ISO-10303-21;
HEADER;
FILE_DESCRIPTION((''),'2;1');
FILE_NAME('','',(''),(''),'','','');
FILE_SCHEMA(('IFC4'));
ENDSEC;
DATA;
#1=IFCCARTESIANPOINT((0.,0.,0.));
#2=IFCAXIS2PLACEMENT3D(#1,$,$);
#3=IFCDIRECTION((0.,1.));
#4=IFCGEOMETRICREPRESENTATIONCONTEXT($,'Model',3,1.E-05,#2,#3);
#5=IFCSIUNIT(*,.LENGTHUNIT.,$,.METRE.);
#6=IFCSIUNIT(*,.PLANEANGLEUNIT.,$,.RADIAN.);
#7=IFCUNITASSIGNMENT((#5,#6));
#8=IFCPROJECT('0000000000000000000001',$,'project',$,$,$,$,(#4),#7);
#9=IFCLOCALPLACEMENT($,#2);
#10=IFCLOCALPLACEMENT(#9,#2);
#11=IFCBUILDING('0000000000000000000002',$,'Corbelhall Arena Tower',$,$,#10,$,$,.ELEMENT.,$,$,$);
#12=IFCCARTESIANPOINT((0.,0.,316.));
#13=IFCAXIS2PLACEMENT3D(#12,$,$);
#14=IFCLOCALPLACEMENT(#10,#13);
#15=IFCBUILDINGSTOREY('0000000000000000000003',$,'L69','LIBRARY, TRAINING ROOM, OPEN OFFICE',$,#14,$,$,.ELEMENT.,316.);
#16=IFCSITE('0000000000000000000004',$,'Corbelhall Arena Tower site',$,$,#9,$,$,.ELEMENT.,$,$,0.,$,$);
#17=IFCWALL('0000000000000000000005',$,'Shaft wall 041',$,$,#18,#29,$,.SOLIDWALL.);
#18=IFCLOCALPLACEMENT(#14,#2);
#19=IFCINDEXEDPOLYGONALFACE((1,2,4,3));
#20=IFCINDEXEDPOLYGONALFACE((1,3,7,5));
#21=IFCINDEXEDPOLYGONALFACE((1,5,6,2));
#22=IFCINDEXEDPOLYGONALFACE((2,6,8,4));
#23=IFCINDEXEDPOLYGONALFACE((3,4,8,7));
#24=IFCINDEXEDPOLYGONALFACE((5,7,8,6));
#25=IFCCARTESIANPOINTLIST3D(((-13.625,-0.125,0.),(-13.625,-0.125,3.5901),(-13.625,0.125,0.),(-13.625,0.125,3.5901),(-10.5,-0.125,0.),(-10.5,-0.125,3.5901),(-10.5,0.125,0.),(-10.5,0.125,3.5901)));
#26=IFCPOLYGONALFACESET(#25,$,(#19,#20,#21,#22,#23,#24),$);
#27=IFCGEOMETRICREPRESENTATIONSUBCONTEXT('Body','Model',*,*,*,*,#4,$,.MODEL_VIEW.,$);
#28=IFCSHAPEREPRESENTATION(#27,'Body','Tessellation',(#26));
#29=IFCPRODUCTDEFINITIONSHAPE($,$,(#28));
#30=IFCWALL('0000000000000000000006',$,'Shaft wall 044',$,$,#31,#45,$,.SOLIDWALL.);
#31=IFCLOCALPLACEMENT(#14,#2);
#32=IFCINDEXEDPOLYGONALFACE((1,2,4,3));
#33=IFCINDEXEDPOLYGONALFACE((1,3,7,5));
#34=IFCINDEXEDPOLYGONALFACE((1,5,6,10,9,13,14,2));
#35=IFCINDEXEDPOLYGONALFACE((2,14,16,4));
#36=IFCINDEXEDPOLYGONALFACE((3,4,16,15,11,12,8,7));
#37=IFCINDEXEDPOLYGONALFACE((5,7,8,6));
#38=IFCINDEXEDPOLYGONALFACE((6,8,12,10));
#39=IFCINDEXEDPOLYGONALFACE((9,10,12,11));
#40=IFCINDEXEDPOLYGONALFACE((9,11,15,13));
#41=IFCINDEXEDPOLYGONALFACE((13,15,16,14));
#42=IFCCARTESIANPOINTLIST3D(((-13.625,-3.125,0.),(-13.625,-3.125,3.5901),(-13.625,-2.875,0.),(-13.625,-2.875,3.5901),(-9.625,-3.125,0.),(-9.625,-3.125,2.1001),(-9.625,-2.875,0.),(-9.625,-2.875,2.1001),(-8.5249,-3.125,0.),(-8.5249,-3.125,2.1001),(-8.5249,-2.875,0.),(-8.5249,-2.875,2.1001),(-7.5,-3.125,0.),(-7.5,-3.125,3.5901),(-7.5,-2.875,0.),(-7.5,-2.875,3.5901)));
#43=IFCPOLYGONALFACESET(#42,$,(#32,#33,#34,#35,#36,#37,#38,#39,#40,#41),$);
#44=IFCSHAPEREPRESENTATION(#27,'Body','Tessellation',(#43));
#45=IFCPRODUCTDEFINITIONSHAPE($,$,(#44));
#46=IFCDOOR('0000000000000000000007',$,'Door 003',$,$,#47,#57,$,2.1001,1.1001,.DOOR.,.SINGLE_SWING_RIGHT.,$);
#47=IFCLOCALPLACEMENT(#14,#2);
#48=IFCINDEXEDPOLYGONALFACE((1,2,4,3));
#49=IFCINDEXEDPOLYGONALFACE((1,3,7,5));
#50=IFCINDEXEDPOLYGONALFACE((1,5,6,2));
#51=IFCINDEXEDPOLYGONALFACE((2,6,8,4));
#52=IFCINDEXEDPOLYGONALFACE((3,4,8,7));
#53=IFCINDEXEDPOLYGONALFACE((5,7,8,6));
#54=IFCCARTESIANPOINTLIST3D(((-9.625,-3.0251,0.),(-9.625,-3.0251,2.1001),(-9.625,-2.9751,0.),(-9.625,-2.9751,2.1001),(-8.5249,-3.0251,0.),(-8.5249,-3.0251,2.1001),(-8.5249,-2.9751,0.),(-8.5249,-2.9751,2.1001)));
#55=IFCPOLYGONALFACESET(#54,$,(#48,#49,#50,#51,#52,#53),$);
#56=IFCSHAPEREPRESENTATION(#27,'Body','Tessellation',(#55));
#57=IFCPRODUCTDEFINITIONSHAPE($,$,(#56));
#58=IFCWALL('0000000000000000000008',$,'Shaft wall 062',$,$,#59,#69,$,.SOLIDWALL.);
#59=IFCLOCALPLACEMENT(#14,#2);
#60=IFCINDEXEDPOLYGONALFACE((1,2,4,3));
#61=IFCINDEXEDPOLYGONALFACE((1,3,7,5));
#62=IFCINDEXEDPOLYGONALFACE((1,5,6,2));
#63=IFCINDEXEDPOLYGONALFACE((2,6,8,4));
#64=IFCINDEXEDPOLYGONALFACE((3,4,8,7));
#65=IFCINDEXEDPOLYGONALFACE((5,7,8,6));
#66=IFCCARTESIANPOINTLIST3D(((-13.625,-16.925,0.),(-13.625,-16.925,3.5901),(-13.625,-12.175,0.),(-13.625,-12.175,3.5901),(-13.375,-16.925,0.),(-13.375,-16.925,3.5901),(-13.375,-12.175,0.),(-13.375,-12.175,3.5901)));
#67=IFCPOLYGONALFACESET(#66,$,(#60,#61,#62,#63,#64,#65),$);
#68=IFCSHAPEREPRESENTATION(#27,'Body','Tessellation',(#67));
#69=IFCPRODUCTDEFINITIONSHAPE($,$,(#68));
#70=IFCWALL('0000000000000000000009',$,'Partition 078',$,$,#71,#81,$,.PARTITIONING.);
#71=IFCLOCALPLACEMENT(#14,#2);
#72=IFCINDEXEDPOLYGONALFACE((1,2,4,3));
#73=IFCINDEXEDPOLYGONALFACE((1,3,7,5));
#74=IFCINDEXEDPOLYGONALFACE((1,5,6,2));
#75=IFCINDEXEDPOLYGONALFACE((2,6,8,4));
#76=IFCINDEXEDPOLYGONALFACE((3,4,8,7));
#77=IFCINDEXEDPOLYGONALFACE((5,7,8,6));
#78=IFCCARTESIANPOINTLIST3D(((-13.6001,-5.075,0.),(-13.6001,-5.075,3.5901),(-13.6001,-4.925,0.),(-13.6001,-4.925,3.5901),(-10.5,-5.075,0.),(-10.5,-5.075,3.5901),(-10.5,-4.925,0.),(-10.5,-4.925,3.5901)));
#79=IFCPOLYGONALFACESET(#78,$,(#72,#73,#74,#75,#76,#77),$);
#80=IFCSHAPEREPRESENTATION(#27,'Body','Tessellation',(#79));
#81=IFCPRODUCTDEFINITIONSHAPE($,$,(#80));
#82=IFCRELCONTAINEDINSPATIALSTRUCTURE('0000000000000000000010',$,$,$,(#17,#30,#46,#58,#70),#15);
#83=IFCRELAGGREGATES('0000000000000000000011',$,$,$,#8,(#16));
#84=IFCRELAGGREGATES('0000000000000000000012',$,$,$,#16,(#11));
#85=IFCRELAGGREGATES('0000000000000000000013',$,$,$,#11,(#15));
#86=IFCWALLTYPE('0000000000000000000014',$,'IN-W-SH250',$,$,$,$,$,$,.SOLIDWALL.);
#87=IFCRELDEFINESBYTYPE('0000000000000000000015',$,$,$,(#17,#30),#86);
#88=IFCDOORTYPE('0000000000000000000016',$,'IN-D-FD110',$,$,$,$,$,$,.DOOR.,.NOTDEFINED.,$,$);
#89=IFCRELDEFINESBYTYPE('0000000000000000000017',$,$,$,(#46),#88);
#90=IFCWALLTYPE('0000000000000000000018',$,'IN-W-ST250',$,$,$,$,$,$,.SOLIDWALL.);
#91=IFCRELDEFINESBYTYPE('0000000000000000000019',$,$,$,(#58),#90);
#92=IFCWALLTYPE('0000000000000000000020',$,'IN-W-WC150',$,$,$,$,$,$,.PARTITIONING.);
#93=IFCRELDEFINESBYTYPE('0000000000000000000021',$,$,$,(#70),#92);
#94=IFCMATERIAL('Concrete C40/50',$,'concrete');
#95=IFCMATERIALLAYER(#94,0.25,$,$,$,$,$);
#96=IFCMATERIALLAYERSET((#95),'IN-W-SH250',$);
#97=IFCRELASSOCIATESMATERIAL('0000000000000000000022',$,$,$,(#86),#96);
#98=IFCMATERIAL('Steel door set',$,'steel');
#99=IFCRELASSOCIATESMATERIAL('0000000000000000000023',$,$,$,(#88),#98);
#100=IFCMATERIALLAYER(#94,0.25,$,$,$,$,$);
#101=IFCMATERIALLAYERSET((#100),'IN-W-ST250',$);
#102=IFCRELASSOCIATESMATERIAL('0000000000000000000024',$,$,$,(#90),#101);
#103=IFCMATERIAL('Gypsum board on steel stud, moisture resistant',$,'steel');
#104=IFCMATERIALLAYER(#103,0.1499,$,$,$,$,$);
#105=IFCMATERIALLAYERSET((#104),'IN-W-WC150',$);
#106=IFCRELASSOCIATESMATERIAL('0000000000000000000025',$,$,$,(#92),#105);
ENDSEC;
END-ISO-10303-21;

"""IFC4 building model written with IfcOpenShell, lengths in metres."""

from ifc_helpers import new_model, si_unit, direction, frame, frame_2d, origin, place, context, subcontext, project, spatial, rectangle, extrude, material, layer, layer_set, type_object, element, fill, save


model = new_model("IFC4")

# Units and contexts
model_context = context("Model", 3, precision=1e-05, world=origin(), true_north=direction((0.0, 1.0)))
body_context = subcontext(model_context, "Body", "Model", "MODEL_VIEW")
ifc_project = project(units=[si_unit("LENGTHUNIT", "METRE"), si_unit("PLANEANGLEUNIT", "RADIAN")], contexts=[model_context])

# Site, building, storey
site_placement = place(None, origin())
site = spatial("IfcSite", under=ifc_project, at=site_placement, Name="Corbelhall Arena Tower site", CompositionType="ELEMENT", RefElevation=0.0)
building_placement = place(site_placement, origin())
building = spatial("IfcBuilding", under=site, at=building_placement, Name="Corbelhall Arena Tower", CompositionType="ELEMENT")
storey_placement = place(building_placement, frame((0.0, 0.0, 316.0)))
storey = spatial("IfcBuildingStorey", under=building, at=storey_placement, Name="L69", Description="LIBRARY, TRAINING ROOM, OPEN OFFICE", CompositionType="ELEMENT", Elevation=316.0)

# Shared definitions
ifc_material_1 = material(Name="Steel door set", Category="steel")

# Wall
ifc_material_2 = material(Name="Concrete C40/50", Category="concrete")
ifc_layer_1 = layer(ifc_material_2, 0.25)
ifc_layer_set_1 = layer_set([ifc_layer_1], Name="IN-W-SH250")
wall_type_1 = type_object("IfcWallType", Name="IN-W-SH250", PredefinedType="SOLIDWALL", material=ifc_layer_set_1)
wall_1_placement = place(storey_placement, frame((-13.625, 0.0, 0.0), z_axis=(0.0, 0.0, 1.0), x_axis=(1.0, 0.0, 0.0)))
element("IfcWall", 1, at=wall_1_placement, inside=storey, type_object=wall_type_1, Name="Shaft wall 041", PredefinedType="SOLIDWALL", context=body_context, shape_type="SweptSolid", body=[
    extrude(rectangle(XDim=3.125, YDim=0.25, at=frame_2d((1.5625, 0.0))), origin(), (0.0, 0.0, 1.0), 3.5901),
])

# Wall, opening, door
wall_2_placement = place(storey_placement, frame((-13.625, -3.0, 0.0), z_axis=(0.0, 0.0, 1.0), x_axis=(1.0, 0.0, 0.0)))
wall_2 = element("IfcWall", 2, at=wall_2_placement, inside=storey, type_object=wall_type_1, Name="Shaft wall 044", PredefinedType="SOLIDWALL", context=body_context, shape_type="SweptSolid", body=[
    extrude(rectangle(XDim=6.125, YDim=0.25, at=frame_2d((3.0625, 0.0))), origin(), (0.0, 0.0, 1.0), 3.5901),
])
opening_1_placement = place(wall_2_placement, frame((4.0, 0.0, 0.0)))
opening_1 = element("IfcOpeningElement", 3, at=opening_1_placement, cuts=wall_2, PredefinedType="OPENING", context=body_context, shape_type="SweptSolid", body=[
    extrude(rectangle(XDim=1.1001, YDim=2.1001, at=frame_2d((0.55, 1.05))), frame((0.0, 0.125, 0.0), z_axis=(0.0, -1.0, 0.0), x_axis=(1.0, 0.0, 0.0)), (0.0, 0.0, 1.0), 0.25),
])
door_type_1 = type_object("IfcDoorType", Name="IN-D-FD110", OperationType="NOTDEFINED", PredefinedType="DOOR", material=ifc_material_1)
door_1_placement = place(opening_1_placement, origin())
door_1 = element("IfcDoor", 4, at=door_1_placement, inside=storey, type_object=door_type_1, Name="Door 003", OperationType="SINGLE_SWING_RIGHT", OverallHeight=2.1001, OverallWidth=1.1001, PredefinedType="DOOR", context=body_context, shape_type="SweptSolid", body=[
    extrude(rectangle(XDim=1.1001, YDim=2.1001, at=frame_2d((0.55, 1.05))), frame((0.0, 0.0249, 0.0), z_axis=(0.0, -1.0, 0.0), x_axis=(1.0, 0.0, 0.0)), (0.0, 0.0, 1.0), 0.05),
])
fill(opening_1, door_1)

# Walls
ifc_layer_2 = layer(ifc_material_2, 0.25)
ifc_layer_set_2 = layer_set([ifc_layer_2], Name="IN-W-ST250")
wall_type_2 = type_object("IfcWallType", Name="IN-W-ST250", PredefinedType="SOLIDWALL", material=ifc_layer_set_2)
wall_3_placement = place(storey_placement, frame((-13.5, -12.175, 0.0), z_axis=(0.0, 0.0, 1.0), x_axis=(0.0, -1.0, 0.0)))
element("IfcWall", 5, at=wall_3_placement, inside=storey, type_object=wall_type_2, Name="Shaft wall 062", PredefinedType="SOLIDWALL", context=body_context, shape_type="SweptSolid", body=[
    extrude(rectangle(XDim=4.75, YDim=0.25, at=frame_2d((2.375, 0.0))), origin(), (0.0, 0.0, 1.0), 3.5901),
])
ifc_material_3 = material(Name="Gypsum board on steel stud, moisture resistant", Category="steel")
ifc_layer_3 = layer(ifc_material_3, 0.1499)
ifc_layer_set_3 = layer_set([ifc_layer_3], Name="IN-W-WC150")
wall_type_3 = type_object("IfcWallType", Name="IN-W-WC150", PredefinedType="PARTITIONING", material=ifc_layer_set_3)
wall_4_placement = place(storey_placement, frame((-13.6001, -5.0, 0.0), z_axis=(0.0, 0.0, 1.0), x_axis=(1.0, 0.0, 0.0)))
element("IfcWall", 6, at=wall_4_placement, inside=storey, type_object=wall_type_3, Name="Partition 078", PredefinedType="PARTITIONING", context=body_context, shape_type="SweptSolid", body=[
    extrude(rectangle(XDim=3.1001, YDim=0.1499, at=frame_2d((1.55, 0.0))), origin(), (0.0, 0.0, 1.0), 3.5901),
])

save(model, "model.ifc")
